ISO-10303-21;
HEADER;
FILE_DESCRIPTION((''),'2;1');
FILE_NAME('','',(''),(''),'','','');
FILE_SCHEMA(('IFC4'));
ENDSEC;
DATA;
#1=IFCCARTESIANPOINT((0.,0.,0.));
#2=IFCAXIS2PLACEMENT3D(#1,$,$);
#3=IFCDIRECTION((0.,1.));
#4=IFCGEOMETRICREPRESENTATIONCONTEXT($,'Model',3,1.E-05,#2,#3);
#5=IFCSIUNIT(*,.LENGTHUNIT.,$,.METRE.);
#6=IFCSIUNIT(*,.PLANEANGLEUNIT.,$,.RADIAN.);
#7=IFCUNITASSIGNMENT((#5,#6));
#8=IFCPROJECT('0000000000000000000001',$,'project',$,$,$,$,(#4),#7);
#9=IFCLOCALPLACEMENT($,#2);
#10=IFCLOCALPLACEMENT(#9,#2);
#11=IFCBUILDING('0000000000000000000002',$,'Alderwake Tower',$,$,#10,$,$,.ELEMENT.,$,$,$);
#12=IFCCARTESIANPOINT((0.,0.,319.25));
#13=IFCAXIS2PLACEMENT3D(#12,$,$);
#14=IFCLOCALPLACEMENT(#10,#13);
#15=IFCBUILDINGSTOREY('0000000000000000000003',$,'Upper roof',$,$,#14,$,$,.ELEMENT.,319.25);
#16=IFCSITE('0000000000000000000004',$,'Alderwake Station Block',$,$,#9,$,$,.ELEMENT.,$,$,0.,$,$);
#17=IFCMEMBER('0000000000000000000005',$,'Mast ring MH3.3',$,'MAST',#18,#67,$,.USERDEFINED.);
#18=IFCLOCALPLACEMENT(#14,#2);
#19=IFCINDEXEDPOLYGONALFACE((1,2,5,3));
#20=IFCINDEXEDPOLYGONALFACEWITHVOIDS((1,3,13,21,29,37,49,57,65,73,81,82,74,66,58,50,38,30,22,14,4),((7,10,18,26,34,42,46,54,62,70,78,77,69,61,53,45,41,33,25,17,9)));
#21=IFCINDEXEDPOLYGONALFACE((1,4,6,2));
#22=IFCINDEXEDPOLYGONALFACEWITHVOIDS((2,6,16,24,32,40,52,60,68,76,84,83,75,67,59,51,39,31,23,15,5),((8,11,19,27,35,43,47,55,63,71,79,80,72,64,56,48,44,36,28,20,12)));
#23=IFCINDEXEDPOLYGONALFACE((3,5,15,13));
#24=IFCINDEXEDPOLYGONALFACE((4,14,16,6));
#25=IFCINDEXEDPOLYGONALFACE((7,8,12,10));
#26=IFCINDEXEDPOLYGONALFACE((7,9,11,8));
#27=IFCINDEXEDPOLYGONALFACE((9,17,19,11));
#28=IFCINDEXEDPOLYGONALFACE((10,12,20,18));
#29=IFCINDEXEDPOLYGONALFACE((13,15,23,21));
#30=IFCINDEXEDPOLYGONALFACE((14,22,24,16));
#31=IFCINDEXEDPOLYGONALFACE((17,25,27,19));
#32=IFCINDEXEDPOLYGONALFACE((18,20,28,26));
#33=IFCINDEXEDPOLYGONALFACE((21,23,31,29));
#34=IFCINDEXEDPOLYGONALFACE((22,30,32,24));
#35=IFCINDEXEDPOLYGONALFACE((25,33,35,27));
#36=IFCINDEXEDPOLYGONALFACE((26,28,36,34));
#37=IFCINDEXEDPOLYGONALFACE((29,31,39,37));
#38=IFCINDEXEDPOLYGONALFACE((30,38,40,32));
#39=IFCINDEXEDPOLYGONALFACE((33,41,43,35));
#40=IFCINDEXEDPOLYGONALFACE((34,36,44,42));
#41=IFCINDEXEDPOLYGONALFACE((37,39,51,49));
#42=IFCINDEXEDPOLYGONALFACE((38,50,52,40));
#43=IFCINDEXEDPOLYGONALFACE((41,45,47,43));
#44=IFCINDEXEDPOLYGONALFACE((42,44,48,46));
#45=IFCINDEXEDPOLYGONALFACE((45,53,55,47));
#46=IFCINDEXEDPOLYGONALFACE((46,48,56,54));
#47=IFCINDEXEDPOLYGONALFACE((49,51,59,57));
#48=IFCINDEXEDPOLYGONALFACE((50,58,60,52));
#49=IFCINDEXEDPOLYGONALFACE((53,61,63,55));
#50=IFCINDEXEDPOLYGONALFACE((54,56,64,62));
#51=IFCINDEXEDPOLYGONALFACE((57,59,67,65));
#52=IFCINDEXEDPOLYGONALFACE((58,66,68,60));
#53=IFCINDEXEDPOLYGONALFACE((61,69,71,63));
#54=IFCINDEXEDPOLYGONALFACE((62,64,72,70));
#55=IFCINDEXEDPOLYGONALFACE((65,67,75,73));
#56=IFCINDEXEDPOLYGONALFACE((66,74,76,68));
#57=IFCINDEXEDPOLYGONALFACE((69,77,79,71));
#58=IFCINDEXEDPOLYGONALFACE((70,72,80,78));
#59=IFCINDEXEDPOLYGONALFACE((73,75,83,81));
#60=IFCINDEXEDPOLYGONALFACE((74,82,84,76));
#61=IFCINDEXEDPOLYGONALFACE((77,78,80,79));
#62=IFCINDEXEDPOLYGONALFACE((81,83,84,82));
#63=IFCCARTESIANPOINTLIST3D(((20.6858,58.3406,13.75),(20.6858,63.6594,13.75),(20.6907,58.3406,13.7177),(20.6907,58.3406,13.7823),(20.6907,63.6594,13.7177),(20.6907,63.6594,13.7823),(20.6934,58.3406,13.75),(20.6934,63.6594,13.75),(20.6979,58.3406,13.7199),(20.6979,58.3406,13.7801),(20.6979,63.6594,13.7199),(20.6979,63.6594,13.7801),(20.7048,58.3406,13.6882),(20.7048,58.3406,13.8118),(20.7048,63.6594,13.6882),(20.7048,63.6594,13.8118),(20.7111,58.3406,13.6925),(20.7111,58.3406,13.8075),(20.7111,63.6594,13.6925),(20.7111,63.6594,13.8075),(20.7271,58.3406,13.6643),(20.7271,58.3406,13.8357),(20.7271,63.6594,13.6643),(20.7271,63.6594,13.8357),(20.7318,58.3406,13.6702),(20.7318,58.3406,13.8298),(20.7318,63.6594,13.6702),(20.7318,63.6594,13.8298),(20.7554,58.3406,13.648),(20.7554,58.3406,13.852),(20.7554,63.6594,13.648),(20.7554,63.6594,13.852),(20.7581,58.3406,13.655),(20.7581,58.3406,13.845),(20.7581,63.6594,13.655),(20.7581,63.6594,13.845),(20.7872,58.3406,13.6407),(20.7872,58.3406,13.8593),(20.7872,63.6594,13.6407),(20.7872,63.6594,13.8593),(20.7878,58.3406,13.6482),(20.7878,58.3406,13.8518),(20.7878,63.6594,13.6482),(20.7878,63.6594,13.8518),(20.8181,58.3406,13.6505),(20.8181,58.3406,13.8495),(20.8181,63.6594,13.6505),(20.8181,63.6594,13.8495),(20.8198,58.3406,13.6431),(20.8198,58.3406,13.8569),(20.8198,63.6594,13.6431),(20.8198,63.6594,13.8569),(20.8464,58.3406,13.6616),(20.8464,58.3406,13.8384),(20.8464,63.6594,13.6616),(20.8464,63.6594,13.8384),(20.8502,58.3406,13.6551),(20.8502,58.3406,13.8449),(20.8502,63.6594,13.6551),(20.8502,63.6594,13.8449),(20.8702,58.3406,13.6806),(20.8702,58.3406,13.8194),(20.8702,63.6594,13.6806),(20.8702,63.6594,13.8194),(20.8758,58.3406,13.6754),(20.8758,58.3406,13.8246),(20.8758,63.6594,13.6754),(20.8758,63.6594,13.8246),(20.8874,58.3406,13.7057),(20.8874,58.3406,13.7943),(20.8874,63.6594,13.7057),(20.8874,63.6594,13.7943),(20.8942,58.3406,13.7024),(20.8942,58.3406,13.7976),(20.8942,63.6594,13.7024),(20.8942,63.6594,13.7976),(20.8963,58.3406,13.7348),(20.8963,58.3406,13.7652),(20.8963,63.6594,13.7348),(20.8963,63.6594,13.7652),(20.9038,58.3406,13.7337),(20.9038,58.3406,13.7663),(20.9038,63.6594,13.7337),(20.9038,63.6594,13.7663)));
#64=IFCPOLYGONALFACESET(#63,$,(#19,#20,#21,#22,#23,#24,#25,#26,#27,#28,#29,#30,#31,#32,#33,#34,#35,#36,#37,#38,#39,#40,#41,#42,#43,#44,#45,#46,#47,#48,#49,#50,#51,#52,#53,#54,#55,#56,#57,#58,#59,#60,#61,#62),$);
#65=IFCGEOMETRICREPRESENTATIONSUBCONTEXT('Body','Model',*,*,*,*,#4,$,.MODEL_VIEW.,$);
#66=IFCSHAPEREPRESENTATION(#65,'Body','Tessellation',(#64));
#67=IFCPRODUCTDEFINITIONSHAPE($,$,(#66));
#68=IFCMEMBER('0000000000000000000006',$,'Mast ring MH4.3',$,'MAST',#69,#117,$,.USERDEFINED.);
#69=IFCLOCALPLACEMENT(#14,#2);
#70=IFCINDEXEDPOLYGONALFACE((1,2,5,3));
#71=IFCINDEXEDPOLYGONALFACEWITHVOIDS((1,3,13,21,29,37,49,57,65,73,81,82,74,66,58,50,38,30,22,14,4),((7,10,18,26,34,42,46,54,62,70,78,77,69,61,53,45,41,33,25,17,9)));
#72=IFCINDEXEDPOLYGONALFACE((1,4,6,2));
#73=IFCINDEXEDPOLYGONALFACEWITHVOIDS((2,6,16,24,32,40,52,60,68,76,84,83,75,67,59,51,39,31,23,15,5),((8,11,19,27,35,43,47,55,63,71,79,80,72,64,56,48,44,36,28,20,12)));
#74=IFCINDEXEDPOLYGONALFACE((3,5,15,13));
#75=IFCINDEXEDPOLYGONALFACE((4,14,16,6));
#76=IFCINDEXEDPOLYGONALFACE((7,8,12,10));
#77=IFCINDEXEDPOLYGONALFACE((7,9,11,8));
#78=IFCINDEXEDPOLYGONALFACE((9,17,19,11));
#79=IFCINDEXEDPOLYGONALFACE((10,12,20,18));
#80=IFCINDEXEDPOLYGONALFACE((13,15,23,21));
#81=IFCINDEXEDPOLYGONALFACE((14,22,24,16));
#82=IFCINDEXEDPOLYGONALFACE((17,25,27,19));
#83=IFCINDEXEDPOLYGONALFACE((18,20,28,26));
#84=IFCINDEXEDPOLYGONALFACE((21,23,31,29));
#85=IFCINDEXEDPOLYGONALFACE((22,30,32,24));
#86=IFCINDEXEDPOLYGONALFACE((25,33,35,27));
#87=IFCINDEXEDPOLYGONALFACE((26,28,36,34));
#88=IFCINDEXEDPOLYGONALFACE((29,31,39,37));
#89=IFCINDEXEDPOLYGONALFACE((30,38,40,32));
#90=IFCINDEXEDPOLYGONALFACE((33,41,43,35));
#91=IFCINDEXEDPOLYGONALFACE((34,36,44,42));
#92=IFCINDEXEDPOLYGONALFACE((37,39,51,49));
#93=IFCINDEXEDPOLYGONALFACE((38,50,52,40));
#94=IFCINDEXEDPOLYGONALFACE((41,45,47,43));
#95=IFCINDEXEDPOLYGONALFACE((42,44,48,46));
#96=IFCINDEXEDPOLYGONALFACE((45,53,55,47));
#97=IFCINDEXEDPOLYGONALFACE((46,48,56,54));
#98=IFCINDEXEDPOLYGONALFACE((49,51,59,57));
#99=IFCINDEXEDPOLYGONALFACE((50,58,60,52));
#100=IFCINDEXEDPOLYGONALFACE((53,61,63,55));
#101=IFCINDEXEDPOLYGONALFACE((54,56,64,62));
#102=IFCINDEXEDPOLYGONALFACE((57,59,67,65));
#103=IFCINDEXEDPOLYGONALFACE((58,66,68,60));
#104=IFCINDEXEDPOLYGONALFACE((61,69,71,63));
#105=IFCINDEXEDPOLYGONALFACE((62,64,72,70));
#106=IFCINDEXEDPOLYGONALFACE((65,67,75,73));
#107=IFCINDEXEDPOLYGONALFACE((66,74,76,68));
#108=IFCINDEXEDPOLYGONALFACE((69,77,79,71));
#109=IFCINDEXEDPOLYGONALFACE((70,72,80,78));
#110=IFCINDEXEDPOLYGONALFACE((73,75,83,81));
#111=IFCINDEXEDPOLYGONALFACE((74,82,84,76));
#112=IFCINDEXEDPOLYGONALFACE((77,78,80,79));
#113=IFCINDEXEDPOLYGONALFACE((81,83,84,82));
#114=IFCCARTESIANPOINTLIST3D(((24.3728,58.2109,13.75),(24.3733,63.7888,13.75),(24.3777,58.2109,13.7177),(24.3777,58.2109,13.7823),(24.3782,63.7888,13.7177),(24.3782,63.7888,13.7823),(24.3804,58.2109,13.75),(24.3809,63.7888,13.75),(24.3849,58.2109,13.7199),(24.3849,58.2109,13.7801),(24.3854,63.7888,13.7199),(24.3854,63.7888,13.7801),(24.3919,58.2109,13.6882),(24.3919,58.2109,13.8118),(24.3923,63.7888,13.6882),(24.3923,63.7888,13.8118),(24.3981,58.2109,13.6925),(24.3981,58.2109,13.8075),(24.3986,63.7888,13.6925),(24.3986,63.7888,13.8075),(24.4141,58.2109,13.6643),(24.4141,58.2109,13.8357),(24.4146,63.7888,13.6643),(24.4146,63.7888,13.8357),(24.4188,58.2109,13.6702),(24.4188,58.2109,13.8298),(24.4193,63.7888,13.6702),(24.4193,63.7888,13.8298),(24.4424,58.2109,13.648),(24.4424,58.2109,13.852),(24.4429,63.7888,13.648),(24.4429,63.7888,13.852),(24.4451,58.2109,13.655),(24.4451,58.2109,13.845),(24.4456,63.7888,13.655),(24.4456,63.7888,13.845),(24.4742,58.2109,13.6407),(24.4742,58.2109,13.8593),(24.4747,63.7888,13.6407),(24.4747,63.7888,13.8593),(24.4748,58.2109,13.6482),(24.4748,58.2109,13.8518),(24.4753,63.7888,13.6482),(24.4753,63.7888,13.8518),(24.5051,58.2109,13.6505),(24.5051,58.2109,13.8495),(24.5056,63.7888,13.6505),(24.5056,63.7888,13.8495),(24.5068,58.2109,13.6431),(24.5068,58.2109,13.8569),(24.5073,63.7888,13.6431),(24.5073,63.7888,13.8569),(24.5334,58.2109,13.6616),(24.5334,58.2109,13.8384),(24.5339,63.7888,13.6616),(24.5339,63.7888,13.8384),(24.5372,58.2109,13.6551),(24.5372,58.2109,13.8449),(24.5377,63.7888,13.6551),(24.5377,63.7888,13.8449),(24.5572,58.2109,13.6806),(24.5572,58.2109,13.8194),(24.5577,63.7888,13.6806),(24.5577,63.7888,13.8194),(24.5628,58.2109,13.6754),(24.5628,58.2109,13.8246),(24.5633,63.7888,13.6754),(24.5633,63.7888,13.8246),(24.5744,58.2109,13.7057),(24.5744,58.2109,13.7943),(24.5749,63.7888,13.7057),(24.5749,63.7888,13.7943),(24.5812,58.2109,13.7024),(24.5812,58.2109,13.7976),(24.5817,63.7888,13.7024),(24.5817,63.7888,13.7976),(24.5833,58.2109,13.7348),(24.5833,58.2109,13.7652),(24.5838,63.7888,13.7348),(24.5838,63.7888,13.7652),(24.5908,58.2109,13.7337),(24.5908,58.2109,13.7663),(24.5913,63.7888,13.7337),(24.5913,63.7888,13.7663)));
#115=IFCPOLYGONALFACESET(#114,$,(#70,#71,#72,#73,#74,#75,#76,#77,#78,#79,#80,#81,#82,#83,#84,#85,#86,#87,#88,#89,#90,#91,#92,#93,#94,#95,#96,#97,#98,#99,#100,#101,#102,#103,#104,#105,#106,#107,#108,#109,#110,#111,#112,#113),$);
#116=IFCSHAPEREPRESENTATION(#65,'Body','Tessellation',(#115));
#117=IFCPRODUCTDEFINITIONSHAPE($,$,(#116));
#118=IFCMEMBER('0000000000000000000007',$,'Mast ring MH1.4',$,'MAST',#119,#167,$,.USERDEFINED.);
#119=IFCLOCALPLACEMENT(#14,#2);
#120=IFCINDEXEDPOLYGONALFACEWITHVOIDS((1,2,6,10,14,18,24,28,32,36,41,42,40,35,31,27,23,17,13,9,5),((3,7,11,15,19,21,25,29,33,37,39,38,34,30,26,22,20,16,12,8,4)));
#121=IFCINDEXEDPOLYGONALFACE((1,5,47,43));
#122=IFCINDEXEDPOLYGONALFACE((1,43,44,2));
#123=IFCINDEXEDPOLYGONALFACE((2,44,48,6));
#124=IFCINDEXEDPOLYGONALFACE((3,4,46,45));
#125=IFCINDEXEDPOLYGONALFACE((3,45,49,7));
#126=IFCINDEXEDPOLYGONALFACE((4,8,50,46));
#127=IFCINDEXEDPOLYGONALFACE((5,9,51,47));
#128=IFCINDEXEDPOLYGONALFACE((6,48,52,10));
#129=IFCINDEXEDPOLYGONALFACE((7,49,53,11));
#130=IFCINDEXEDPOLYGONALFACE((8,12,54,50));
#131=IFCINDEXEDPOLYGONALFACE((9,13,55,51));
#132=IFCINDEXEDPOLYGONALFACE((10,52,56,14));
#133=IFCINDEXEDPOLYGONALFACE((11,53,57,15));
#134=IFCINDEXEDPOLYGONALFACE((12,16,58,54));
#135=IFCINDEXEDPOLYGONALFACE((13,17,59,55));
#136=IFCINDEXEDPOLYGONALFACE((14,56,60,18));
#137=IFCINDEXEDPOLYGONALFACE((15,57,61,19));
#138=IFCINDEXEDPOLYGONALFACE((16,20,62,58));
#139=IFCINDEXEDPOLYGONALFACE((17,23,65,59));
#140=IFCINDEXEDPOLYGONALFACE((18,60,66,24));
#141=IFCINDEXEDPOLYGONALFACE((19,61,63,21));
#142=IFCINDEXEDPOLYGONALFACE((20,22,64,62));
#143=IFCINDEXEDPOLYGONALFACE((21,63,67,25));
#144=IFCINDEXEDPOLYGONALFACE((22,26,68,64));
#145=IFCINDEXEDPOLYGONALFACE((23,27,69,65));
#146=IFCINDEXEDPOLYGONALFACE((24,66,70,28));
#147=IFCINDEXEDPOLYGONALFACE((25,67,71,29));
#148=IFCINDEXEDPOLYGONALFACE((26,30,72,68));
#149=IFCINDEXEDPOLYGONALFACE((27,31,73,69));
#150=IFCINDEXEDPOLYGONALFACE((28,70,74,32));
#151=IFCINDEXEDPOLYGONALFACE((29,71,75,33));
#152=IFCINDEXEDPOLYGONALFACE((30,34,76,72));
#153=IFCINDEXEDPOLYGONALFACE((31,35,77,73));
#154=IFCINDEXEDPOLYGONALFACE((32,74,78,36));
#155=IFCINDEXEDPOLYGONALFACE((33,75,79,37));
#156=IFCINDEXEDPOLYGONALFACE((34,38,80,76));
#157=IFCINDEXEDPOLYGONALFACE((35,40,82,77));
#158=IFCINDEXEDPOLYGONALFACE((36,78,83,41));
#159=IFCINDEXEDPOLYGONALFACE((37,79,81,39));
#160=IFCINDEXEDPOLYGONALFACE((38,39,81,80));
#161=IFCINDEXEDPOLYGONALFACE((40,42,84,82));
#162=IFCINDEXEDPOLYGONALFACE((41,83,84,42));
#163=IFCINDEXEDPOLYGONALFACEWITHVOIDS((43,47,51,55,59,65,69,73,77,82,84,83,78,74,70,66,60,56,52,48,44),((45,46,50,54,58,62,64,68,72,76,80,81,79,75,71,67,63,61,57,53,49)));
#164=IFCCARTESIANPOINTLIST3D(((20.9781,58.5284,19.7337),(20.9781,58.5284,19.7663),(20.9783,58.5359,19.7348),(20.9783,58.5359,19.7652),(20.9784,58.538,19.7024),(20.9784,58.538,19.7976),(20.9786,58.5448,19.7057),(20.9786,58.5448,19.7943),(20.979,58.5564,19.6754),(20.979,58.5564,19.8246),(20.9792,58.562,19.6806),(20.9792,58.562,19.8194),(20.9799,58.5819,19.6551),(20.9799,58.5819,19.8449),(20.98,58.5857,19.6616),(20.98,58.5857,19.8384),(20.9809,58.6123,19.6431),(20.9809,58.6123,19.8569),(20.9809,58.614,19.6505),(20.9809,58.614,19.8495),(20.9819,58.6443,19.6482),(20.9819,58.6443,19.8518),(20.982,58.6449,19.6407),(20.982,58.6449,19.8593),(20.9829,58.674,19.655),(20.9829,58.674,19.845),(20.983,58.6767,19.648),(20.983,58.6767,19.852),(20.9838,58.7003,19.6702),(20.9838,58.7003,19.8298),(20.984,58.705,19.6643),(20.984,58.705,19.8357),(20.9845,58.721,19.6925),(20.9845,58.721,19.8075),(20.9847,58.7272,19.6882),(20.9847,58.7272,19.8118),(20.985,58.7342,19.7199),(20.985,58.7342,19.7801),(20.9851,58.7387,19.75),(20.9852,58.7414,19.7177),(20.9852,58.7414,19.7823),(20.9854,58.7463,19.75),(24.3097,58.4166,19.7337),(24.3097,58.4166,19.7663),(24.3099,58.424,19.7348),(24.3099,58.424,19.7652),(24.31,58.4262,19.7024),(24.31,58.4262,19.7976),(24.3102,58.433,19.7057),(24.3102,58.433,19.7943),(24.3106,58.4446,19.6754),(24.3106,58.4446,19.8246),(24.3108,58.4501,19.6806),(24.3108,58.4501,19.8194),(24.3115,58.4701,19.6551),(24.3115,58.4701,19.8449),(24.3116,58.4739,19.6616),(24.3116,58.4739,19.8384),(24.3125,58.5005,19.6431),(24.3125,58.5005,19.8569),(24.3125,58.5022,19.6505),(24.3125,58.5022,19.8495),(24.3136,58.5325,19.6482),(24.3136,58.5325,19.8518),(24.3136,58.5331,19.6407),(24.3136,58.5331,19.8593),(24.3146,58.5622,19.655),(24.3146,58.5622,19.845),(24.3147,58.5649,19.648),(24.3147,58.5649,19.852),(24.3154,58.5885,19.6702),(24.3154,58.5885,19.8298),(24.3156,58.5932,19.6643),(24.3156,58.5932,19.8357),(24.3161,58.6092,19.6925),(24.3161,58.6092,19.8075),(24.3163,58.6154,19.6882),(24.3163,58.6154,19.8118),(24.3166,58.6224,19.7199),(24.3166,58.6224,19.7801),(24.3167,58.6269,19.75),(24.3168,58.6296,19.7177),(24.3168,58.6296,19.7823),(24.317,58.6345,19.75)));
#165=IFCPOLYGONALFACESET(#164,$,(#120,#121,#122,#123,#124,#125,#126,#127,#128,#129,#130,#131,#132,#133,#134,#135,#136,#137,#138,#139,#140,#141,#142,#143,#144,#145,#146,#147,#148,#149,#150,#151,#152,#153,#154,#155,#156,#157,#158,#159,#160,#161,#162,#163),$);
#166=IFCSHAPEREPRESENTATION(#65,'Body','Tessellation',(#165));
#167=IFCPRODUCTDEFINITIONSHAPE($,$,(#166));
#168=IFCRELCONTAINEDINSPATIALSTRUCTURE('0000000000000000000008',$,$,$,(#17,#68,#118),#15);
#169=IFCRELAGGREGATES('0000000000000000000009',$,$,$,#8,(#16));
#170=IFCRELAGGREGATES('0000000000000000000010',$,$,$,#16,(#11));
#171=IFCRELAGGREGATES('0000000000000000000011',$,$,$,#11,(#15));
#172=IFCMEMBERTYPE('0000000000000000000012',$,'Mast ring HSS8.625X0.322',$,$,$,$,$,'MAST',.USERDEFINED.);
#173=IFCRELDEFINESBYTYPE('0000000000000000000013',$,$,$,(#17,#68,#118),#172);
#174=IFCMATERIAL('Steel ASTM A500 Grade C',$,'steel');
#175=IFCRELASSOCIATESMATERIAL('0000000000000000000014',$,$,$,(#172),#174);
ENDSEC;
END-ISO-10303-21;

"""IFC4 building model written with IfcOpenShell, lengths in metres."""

from ifc_helpers import new_model, si_unit, direction, frame, origin, origin_2d, place, context, subcontext, project, spatial, hollow_circle, extrude, material, material_profile, profile_set, type_object, element, save


model = new_model("IFC4")

# Units and contexts
model_context = context("Model", 3, precision=1e-05, world=origin(), true_north=direction((0.0, 1.0)))
body_context = subcontext(model_context, "Body", "Model", "MODEL_VIEW")
ifc_project = project(units=[si_unit("LENGTHUNIT", "METRE"), si_unit("PLANEANGLEUNIT", "RADIAN")], contexts=[model_context])

# Site, building, storey
site_placement = place(None, origin())
site = spatial("IfcSite", under=ifc_project, at=site_placement, Name="Alderwake Station Block", CompositionType="ELEMENT", RefElevation=0.0)
building_placement = place(site_placement, origin())
building = spatial("IfcBuilding", under=site, at=building_placement, Name="Alderwake Tower", CompositionType="ELEMENT")
storey_placement = place(building_placement, frame((0.0, 0.0, 319.25)))
storey = spatial("IfcBuildingStorey", under=building, at=storey_placement, Name="Upper roof", CompositionType="ELEMENT", Elevation=319.25)

# Members
ifc_material_1 = material(Name="Steel ASTM A500 Grade C", Category="steel")
ifc_material_profile_1 = material_profile(ifc_material_1, hollow_circle(Radius=0.1096, WallThickness=0.0076, at=origin_2d()), Name="HSS8.625X0.322")
ifc_profile_set_1 = profile_set([ifc_material_profile_1], Name="Steel ASTM A500 Grade C")
member_type_1 = type_object("IfcMemberType", Name="Mast ring HSS8.625X0.322", ElementType="MAST", PredefinedType="USERDEFINED", material=ifc_profile_set_1)
member_1_placement = place(storey_placement, frame((20.7954, 58.3406, 13.75), z_axis=(0.0, 1.0, 0.0), x_axis=(-1.0, 0.0, 0.0)))
element("IfcMember", 1, at=member_1_placement, inside=storey, type_object=member_type_1, Name="Mast ring MH3.3", ObjectType="MAST", PredefinedType="USERDEFINED", context=body_context, shape_type="SweptSolid", body=[
    extrude(hollow_circle(Radius=0.1096, WallThickness=0.0076, at=origin_2d()), origin(), (0.0, 0.0, 1.0), 5.3188),
])
member_2_placement = place(storey_placement, frame((24.4824, 58.2109, 13.75), z_axis=(0.000088, 1.0, 0.0), x_axis=(-1.0, 0.000088, 0.0)))
element("IfcMember", 2, at=member_2_placement, inside=storey, type_object=member_type_1, Name="Mast ring MH4.3", ObjectType="MAST", PredefinedType="USERDEFINED", context=body_context, shape_type="SweptSolid", body=[
    extrude(hollow_circle(Radius=0.1096, WallThickness=0.0076, at=origin_2d()), origin(), (0.0, 0.0, 1.0), 5.5779),
])
member_3_placement = place(storey_placement, frame((20.9817, 58.6367, 19.75), z_axis=(0.999437, -0.033544, 0.0), x_axis=(0.033544, 0.999437, 0.0)))
element("IfcMember", 3, at=member_3_placement, inside=storey, type_object=member_type_1, Name="Mast ring MH1.4", ObjectType="MAST", PredefinedType="USERDEFINED", context=body_context, shape_type="SweptSolid", body=[
    extrude(hollow_circle(Radius=0.1096, WallThickness=0.0076, at=origin_2d()), origin(), (0.0, 0.0, 1.0), 3.3335),
])

save(model, "model.ifc")
